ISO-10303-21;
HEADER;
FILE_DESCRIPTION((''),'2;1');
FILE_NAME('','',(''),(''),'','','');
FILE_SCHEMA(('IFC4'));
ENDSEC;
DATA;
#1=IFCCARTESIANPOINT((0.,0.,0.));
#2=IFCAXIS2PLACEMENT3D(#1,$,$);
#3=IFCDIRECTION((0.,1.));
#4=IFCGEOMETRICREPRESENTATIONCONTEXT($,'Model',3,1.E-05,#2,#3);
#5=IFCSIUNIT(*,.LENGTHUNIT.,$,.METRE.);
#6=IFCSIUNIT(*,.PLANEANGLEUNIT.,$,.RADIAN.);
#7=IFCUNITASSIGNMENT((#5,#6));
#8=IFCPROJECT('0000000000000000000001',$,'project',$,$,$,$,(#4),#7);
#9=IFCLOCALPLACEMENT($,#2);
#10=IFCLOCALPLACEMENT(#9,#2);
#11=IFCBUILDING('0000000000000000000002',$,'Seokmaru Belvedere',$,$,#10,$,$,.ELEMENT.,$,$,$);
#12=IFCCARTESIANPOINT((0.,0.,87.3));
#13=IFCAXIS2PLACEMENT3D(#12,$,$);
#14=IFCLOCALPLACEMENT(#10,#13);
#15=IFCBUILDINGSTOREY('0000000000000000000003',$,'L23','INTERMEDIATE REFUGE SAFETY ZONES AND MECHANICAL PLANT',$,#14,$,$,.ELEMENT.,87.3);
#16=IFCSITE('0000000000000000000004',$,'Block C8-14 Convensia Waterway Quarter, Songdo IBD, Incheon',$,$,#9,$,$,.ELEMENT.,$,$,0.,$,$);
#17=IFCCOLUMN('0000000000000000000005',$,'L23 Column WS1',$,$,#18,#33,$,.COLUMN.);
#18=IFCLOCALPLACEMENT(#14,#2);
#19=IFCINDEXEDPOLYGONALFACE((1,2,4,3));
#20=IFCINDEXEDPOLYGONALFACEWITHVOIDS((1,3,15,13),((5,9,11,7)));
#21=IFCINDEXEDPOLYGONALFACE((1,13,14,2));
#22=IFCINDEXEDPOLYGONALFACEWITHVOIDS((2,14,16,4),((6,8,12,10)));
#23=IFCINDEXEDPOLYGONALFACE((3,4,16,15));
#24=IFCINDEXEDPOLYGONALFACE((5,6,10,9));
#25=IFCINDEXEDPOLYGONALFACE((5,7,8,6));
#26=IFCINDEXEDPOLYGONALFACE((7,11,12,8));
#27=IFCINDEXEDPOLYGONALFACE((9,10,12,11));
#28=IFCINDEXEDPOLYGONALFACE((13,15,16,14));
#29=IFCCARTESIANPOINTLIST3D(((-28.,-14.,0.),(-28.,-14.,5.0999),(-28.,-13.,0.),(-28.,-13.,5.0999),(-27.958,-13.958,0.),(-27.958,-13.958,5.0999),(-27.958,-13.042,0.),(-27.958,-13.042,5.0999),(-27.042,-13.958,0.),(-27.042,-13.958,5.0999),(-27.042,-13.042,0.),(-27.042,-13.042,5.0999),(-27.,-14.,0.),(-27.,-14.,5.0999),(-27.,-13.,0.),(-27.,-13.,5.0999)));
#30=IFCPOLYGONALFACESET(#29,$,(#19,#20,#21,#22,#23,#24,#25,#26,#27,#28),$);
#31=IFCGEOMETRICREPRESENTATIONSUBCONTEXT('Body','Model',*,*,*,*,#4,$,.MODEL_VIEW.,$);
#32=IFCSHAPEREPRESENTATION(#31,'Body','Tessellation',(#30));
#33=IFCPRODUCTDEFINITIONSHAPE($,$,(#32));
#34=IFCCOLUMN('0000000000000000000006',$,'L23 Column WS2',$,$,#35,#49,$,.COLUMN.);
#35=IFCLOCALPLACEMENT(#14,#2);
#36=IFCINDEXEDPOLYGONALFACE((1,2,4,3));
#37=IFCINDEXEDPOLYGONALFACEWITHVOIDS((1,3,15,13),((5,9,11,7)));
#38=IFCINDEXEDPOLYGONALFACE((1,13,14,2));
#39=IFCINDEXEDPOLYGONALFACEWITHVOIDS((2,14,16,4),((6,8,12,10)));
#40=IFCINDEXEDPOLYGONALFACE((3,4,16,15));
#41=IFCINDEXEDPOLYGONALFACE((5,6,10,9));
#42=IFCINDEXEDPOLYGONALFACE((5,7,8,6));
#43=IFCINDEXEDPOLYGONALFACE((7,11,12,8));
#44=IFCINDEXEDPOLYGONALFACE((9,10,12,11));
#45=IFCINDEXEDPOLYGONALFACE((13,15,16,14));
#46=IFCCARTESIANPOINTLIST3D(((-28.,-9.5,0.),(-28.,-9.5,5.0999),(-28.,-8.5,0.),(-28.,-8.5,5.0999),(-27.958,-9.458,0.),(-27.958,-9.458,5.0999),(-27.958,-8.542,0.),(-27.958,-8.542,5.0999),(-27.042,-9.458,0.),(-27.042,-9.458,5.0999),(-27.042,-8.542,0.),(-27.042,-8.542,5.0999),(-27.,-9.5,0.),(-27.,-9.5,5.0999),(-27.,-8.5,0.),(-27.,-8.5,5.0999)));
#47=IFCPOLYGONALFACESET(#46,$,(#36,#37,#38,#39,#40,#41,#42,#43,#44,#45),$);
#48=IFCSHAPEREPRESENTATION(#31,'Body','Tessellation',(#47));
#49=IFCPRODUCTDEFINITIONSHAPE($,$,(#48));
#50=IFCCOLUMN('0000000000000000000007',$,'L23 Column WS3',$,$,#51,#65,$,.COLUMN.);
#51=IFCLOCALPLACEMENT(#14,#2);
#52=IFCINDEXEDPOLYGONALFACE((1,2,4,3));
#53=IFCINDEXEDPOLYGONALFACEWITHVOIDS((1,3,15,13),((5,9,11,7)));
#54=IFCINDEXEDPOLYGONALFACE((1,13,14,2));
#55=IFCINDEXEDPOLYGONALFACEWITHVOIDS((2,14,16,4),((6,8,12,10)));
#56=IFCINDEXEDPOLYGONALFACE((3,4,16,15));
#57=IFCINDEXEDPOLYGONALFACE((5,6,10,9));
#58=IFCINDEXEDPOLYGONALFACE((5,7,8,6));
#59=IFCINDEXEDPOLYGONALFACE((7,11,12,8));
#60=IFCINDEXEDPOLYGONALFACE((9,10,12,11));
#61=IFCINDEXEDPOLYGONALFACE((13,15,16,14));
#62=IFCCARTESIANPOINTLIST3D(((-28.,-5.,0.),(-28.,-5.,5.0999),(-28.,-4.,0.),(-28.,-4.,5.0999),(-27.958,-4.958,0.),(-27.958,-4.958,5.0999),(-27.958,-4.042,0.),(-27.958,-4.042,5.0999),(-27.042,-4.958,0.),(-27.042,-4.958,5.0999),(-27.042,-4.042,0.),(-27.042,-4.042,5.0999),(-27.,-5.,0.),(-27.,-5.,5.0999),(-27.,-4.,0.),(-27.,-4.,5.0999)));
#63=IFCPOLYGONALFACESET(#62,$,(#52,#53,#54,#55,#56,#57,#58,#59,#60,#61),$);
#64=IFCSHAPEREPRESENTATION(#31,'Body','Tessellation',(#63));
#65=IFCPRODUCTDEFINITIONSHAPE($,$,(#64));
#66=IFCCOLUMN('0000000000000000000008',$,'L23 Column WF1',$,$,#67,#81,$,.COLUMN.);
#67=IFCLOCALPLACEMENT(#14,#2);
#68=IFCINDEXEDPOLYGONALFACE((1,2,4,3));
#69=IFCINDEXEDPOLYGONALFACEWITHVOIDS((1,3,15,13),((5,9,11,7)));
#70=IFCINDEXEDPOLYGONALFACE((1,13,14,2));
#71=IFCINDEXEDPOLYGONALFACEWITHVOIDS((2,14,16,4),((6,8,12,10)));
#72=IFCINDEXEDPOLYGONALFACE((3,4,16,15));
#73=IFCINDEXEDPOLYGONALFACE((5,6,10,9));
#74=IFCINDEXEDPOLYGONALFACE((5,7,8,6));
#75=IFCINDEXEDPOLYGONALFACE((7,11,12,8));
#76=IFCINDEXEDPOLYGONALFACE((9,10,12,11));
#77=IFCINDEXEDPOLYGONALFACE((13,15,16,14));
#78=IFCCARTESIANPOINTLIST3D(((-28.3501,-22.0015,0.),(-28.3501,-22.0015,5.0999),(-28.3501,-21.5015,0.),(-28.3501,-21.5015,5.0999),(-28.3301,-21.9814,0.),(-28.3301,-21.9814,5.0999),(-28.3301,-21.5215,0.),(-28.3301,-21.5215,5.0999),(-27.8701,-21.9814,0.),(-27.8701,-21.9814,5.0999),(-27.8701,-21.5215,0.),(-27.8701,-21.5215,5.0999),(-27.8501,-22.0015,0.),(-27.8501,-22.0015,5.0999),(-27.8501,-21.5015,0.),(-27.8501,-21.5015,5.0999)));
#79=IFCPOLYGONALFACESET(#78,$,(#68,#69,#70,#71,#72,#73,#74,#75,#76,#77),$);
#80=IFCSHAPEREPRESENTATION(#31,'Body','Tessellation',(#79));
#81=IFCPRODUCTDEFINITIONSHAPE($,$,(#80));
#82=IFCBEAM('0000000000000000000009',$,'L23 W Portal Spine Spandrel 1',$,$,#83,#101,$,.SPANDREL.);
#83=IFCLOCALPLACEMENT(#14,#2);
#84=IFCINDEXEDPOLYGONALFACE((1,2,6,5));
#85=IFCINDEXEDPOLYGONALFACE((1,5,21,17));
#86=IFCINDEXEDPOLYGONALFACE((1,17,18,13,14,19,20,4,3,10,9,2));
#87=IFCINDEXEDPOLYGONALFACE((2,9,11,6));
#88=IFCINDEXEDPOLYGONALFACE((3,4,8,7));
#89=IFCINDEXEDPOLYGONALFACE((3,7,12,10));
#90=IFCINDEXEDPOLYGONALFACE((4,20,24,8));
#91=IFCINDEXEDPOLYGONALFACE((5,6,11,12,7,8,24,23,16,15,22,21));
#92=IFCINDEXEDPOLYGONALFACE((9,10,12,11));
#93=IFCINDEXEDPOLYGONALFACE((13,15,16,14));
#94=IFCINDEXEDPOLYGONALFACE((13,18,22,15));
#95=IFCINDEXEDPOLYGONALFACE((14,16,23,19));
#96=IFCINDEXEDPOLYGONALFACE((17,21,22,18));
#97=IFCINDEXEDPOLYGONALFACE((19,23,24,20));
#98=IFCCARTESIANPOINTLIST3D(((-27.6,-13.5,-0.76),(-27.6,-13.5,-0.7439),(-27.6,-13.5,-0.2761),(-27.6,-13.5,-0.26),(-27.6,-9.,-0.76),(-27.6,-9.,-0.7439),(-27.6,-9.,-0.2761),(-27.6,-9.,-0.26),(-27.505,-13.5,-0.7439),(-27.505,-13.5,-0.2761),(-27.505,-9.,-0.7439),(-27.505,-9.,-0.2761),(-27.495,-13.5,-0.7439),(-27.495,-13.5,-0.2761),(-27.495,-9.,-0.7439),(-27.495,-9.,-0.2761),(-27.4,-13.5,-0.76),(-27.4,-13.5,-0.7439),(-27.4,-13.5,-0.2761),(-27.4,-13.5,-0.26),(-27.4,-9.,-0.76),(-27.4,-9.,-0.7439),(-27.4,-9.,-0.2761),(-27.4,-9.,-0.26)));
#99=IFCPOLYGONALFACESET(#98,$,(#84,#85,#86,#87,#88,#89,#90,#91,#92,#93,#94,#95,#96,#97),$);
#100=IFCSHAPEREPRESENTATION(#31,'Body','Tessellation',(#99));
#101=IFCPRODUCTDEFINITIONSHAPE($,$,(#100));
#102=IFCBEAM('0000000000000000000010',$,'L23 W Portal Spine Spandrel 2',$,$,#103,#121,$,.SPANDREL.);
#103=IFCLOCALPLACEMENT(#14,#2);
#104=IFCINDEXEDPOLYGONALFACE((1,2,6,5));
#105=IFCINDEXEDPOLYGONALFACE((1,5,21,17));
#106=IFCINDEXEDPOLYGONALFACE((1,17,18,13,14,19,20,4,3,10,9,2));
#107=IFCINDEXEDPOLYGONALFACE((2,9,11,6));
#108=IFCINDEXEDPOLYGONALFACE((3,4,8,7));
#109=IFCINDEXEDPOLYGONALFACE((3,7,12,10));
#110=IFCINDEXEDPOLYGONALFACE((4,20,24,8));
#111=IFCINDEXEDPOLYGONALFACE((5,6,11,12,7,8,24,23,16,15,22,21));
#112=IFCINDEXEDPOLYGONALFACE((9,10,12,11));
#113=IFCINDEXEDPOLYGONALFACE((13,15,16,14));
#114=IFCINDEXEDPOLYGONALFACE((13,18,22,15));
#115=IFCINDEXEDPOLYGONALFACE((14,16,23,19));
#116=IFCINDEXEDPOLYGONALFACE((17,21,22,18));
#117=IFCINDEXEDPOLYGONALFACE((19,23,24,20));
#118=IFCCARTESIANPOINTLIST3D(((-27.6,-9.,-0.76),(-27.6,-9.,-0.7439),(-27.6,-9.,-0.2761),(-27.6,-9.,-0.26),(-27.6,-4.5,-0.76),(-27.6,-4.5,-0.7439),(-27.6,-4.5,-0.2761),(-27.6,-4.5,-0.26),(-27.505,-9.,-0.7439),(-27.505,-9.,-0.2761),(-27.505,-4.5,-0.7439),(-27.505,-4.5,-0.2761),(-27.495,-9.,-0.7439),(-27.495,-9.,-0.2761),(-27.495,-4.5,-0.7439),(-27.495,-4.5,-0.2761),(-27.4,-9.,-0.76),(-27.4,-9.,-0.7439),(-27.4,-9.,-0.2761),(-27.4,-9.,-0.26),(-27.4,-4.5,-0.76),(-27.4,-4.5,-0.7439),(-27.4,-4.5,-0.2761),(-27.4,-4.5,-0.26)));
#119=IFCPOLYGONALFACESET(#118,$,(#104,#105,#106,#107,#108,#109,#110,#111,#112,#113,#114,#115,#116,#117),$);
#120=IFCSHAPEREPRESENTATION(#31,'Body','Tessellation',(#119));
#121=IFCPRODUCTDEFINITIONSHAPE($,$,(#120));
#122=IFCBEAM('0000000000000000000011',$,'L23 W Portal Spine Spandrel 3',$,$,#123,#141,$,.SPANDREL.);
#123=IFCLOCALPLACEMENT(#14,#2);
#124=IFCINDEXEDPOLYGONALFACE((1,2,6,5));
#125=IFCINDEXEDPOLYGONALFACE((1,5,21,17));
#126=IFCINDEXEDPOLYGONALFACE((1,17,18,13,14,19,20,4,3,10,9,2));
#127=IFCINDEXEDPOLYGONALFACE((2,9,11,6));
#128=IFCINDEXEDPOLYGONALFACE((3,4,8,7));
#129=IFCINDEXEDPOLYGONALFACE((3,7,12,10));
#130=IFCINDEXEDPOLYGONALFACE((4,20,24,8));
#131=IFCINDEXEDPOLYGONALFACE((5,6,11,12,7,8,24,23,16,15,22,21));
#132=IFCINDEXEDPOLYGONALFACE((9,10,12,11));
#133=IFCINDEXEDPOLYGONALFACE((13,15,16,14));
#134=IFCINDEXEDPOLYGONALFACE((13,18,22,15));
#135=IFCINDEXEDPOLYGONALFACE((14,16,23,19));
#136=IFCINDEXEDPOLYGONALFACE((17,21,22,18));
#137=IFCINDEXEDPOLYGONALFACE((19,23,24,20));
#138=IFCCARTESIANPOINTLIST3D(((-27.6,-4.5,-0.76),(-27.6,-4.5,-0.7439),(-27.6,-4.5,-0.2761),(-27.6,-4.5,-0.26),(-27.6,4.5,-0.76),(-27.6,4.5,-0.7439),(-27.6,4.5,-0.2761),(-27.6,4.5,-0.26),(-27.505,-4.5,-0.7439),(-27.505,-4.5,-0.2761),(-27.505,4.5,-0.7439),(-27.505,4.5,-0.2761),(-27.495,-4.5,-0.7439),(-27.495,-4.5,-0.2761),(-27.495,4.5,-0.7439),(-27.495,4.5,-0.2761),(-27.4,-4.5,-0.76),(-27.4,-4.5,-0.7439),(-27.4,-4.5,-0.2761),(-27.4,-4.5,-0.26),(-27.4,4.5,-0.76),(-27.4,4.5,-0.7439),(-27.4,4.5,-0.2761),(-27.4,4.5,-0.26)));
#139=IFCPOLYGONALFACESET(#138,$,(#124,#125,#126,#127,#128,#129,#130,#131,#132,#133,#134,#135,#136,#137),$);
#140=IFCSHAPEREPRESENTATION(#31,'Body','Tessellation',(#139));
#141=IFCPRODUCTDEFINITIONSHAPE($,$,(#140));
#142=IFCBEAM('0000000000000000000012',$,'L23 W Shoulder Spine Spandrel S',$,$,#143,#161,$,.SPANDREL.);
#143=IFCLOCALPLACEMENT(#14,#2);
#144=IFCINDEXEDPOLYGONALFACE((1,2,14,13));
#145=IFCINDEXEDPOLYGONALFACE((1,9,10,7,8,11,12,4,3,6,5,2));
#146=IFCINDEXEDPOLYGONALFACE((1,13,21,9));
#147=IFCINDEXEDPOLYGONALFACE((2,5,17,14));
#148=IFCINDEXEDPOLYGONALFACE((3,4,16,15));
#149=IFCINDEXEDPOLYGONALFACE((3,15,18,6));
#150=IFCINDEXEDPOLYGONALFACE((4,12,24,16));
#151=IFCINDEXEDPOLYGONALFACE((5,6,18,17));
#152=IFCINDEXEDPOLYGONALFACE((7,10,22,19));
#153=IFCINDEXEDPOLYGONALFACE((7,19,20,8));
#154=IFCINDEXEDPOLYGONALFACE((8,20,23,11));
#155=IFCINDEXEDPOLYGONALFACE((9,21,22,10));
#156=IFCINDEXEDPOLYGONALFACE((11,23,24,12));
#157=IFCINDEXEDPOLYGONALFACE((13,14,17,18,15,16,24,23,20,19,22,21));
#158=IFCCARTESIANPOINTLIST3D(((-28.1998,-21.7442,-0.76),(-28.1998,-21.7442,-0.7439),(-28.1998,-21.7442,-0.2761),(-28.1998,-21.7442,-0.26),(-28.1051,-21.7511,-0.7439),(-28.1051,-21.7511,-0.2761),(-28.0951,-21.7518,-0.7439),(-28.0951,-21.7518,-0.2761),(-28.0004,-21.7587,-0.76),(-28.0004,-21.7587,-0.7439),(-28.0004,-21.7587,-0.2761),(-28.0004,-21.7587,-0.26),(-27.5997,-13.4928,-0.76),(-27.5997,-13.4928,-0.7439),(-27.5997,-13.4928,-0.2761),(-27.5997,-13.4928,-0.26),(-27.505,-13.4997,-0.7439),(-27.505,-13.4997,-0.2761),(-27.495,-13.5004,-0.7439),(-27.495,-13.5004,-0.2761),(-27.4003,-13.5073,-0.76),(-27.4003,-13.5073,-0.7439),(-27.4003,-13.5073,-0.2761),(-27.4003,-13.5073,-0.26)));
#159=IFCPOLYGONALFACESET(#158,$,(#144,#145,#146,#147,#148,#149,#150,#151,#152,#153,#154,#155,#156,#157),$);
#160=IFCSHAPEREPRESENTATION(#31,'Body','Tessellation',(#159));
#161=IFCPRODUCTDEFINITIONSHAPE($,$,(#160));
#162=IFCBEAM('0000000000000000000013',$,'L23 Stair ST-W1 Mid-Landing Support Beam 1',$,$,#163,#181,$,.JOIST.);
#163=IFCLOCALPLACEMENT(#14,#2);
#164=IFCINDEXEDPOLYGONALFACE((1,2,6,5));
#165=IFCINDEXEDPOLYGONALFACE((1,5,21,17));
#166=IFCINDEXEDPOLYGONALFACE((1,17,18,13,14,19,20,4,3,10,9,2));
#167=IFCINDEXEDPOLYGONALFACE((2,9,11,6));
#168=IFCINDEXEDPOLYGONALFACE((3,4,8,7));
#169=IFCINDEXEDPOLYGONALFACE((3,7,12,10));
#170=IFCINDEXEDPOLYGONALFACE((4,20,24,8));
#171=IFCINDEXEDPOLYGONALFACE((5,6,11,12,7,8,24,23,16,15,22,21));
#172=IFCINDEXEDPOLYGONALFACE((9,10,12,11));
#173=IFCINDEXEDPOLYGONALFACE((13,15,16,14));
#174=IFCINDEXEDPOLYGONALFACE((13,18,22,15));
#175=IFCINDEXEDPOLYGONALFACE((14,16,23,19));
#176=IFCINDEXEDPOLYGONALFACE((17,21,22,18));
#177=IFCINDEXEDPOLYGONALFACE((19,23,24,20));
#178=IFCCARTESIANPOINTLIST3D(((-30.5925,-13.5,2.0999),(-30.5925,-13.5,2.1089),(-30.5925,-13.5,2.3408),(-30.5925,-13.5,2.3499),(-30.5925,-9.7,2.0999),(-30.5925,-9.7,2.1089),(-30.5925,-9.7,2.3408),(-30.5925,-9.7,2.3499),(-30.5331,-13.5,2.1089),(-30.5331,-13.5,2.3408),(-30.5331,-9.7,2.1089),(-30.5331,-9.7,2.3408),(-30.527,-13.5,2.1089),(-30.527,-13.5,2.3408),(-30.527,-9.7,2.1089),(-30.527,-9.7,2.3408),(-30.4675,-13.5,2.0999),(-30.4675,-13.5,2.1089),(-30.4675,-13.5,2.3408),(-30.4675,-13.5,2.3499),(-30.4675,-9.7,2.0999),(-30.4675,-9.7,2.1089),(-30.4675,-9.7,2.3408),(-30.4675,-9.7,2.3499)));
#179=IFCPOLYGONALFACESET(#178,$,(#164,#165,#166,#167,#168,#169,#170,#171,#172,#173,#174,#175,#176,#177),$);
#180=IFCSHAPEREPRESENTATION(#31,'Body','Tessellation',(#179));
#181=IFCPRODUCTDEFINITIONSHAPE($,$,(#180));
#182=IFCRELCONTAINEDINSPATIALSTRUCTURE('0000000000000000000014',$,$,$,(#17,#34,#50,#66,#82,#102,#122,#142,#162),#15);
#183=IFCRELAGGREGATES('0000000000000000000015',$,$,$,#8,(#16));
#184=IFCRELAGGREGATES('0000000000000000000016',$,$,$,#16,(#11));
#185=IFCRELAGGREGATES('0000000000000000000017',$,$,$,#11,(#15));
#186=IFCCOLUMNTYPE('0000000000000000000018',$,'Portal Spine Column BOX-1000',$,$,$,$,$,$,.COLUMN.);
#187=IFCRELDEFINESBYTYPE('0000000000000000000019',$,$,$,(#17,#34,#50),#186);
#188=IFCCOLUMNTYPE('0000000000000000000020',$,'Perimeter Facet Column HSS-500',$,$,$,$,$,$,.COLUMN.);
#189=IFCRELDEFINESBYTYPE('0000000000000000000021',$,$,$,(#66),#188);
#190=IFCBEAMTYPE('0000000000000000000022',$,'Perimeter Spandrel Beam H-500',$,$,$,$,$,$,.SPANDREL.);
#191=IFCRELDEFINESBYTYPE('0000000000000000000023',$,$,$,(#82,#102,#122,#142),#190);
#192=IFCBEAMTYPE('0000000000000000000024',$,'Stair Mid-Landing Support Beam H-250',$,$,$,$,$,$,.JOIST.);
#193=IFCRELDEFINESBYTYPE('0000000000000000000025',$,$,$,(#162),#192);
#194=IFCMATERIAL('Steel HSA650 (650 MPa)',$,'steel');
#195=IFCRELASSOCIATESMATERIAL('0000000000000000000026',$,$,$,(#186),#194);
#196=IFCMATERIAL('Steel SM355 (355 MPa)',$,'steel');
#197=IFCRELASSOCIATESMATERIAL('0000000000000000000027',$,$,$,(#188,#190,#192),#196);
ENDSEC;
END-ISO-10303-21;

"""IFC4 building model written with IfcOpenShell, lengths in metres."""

from ifc_helpers import new_model, si_unit, direction, frame, origin, origin_2d, place, context, subcontext, project, spatial, hollow_rectangle, i_section, extrude, source, transform, mapped, material, material_profile, profile_set, type_object, type_shapes, element, save


model = new_model("IFC4")

# Units and contexts
model_context = context("Model", 3, precision=1e-05, world=origin(), true_north=direction((0.0, 1.0)))
body_context = subcontext(model_context, "Body", "Model", "MODEL_VIEW")
ifc_project = project(units=[si_unit("LENGTHUNIT", "METRE"), si_unit("PLANEANGLEUNIT", "RADIAN")], contexts=[model_context])

# Site, building, storey
site_placement = place(None, origin())
site = spatial("IfcSite", under=ifc_project, at=site_placement, Name="Block C8-14 Convensia Waterway Quarter, Songdo IBD, Incheon", CompositionType="ELEMENT", RefElevation=0.0)
building_placement = place(site_placement, origin())
building = spatial("IfcBuilding", under=site, at=building_placement, Name="Seokmaru Belvedere", CompositionType="ELEMENT")
storey_placement = place(building_placement, frame((0.0, 0.0, 87.3)))
storey = spatial("IfcBuildingStorey", under=building, at=storey_placement, Name="L23", Description="INTERMEDIATE REFUGE SAFETY ZONES AND MECHANICAL PLANT", CompositionType="ELEMENT", Elevation=87.3)

# Columns
ifc_material_1 = material(Name="Steel HSA650 (650 MPa)", Category="steel")
ifc_material_profile_1 = material_profile(ifc_material_1, hollow_rectangle(XDim=1.0, YDim=1.0, WallThickness=0.042, at=origin_2d()), Name="BOX-1000x1000x42")
ifc_profile_set_1 = profile_set([ifc_material_profile_1], Name="Steel HSA650 (650 MPa)")
column_type_1 = type_object("IfcColumnType", Name="Portal Spine Column BOX-1000", PredefinedType="COLUMN", material=ifc_profile_set_1)
shared_shape_1 = source(origin(), body_context, "Body", "SweptSolid", [
    extrude(hollow_rectangle(XDim=1.0, YDim=1.0, WallThickness=0.042, at=origin_2d()), origin(), (0.0, 0.0, 1.0), 5.0999),
])
type_shapes(column_type_1, [shared_shape_1])
for number, where, z_axis, x_axis, name in (
    (1, (-27.5, -13.5, 0.0), (0.0, 0.0, 1.0), (1.0, 0.0, 0.0), "L23 Column WS1"),
    (2, (-27.5, -9.0, 0.0), (0.0, 0.0, 1.0), (1.0, 0.0, 0.0), "L23 Column WS2"),
    (3, (-27.5, -4.5, 0.0), (0.0, 0.0, 1.0), (1.0, 0.0, 0.0), "L23 Column WS3"),
):
    element("IfcColumn", number, at=place(storey_placement, frame(where, z_axis=z_axis, x_axis=x_axis)), inside=storey, type_object=column_type_1, Name=name, PredefinedType="COLUMN", context=body_context, shape_type="MappedRepresentation", body=[
        mapped(shared_shape_1, transform((0.0, 0.0, 0.0), scale=1.0)),
    ])
ifc_material_2 = material(Name="Steel SM355 (355 MPa)", Category="steel")
ifc_material_profile_2 = material_profile(ifc_material_2, hollow_rectangle(XDim=0.5, YDim=0.5, WallThickness=0.02, at=origin_2d()), Name="HSS-500x500x20")
ifc_profile_set_2 = profile_set([ifc_material_profile_2], Name="Steel SM355 (355 MPa)")
column_type_2 = type_object("IfcColumnType", Name="Perimeter Facet Column HSS-500", PredefinedType="COLUMN", material=ifc_profile_set_2)
shared_shape_2 = source(origin(), body_context, "Body", "SweptSolid", [
    extrude(hollow_rectangle(XDim=0.5, YDim=0.5, WallThickness=0.02, at=origin_2d()), origin(), (0.0, 0.0, 1.0), 5.0999),
])
type_shapes(column_type_2, [shared_shape_2])
column_placement = place(storey_placement, frame((-28.1001, -21.7515, 0.0), z_axis=(0.0, 0.0, 1.0), x_axis=(1.0, 0.0, 0.0)))
element("IfcColumn", 4, at=column_placement, inside=storey, type_object=column_type_2, Name="L23 Column WF1", PredefinedType="COLUMN", context=body_context, shape_type="MappedRepresentation", body=[
    mapped(shared_shape_2, transform((0.0, 0.0, 0.0), scale=1.0)),
])

# Beams
ifc_material_profile_3 = material_profile(ifc_material_2, i_section(OverallWidth=0.2, OverallDepth=0.5, WebThickness=0.01, FlangeThickness=0.0161, at=origin_2d()), Name="H-500x200x10x16")
ifc_profile_set_3 = profile_set([ifc_material_profile_3], Name="Steel SM355 (355 MPa)")
beam_type_1 = type_object("IfcBeamType", Name="Perimeter Spandrel Beam H-500", PredefinedType="SPANDREL", material=ifc_profile_set_3)
shared_shape_3 = source(origin(), body_context, "Body", "SweptSolid", [
    extrude(i_section(OverallWidth=0.2, OverallDepth=0.5, WebThickness=0.01, FlangeThickness=0.0161, at=origin_2d()), origin(), (0.0, 0.0, 1.0), 4.5),
])
for number, where, z_axis, x_axis, name in (
    (5, (-27.5, -13.5, -0.51), (0.0, 1.0, 0.0), (-1.0, 0.0, 0.0), "L23 W Portal Spine Spandrel 1"),
    (6, (-27.5, -9.0, -0.51), (0.0, 1.0, 0.0), (-1.0, 0.0, 0.0), "L23 W Portal Spine Spandrel 2"),
):
    element("IfcBeam", number, at=place(storey_placement, frame(where, z_axis=z_axis, x_axis=x_axis)), inside=storey, type_object=beam_type_1, Name=name, PredefinedType="SPANDREL", context=body_context, shape_type="MappedRepresentation", body=[
        mapped(shared_shape_3, transform((0.0, 0.0, 0.0), scale=1.0)),
    ])
shared_shape_4 = source(origin(), body_context, "Body", "SweptSolid", [
    extrude(i_section(OverallWidth=0.2, OverallDepth=0.5, WebThickness=0.01, FlangeThickness=0.0161, at=origin_2d()), origin(), (0.0, 0.0, 1.0), 9.0),
])
beam_1_placement = place(storey_placement, frame((-27.5, -4.5, -0.51), z_axis=(0.0, 1.0, 0.0), x_axis=(-1.0, 0.0, 0.0)))
element("IfcBeam", 7, at=beam_1_placement, inside=storey, type_object=beam_type_1, Name="L23 W Portal Spine Spandrel 3", PredefinedType="SPANDREL", context=body_context, shape_type="MappedRepresentation", body=[
    mapped(shared_shape_4, transform((0.0, 0.0, 0.0), scale=1.0)),
])
shared_shape_5 = source(origin(), body_context, "Body", "SweptSolid", [
    extrude(i_section(OverallWidth=0.2, OverallDepth=0.5, WebThickness=0.01, FlangeThickness=0.0161, at=origin_2d()), origin(), (0.0, 0.0, 1.0), 8.2732),
])
type_shapes(beam_type_1, [shared_shape_3, shared_shape_4, shared_shape_5])
beam_2_placement = place(storey_placement, frame((-28.1001, -21.7515, -0.51), z_axis=(0.072535, 0.997366, 0.0), x_axis=(-0.997366, 0.072535, 0.0)))
element("IfcBeam", 8, at=beam_2_placement, inside=storey, type_object=beam_type_1, Name="L23 W Shoulder Spine Spandrel S", PredefinedType="SPANDREL", context=body_context, shape_type="MappedRepresentation", body=[
    mapped(shared_shape_5, transform((0.0, 0.0, 0.0), scale=1.0)),
])
ifc_material_profile_4 = material_profile(ifc_material_2, i_section(OverallWidth=0.125, OverallDepth=0.25, WebThickness=0.0061, FlangeThickness=0.009, at=origin_2d()), Name="H-250x125x6x9")
ifc_profile_set_4 = profile_set([ifc_material_profile_4], Name="Steel SM355 (355 MPa)")
beam_type_2 = type_object("IfcBeamType", Name="Stair Mid-Landing Support Beam H-250", PredefinedType="JOIST", material=ifc_profile_set_4)
shared_shape_6 = source(origin(), body_context, "Body", "SweptSolid", [
    extrude(i_section(OverallWidth=0.125, OverallDepth=0.25, WebThickness=0.0061, FlangeThickness=0.009, at=origin_2d()), origin(), (0.0, 0.0, 1.0), 3.8),
])
type_shapes(beam_type_2, [shared_shape_6])
beam_3_placement = place(storey_placement, frame((-30.53, -13.5, 2.2249), z_axis=(0.0, 1.0, 0.0), x_axis=(-1.0, 0.0, 0.0)))
element("IfcBeam", 9, at=beam_3_placement, inside=storey, type_object=beam_type_2, Name="L23 Stair ST-W1 Mid-Landing Support Beam 1", PredefinedType="JOIST", context=body_context, shape_type="MappedRepresentation", body=[
    mapped(shared_shape_6, transform((0.0, 0.0, 0.0), scale=1.0)),
])

save(model, "model.ifc")
